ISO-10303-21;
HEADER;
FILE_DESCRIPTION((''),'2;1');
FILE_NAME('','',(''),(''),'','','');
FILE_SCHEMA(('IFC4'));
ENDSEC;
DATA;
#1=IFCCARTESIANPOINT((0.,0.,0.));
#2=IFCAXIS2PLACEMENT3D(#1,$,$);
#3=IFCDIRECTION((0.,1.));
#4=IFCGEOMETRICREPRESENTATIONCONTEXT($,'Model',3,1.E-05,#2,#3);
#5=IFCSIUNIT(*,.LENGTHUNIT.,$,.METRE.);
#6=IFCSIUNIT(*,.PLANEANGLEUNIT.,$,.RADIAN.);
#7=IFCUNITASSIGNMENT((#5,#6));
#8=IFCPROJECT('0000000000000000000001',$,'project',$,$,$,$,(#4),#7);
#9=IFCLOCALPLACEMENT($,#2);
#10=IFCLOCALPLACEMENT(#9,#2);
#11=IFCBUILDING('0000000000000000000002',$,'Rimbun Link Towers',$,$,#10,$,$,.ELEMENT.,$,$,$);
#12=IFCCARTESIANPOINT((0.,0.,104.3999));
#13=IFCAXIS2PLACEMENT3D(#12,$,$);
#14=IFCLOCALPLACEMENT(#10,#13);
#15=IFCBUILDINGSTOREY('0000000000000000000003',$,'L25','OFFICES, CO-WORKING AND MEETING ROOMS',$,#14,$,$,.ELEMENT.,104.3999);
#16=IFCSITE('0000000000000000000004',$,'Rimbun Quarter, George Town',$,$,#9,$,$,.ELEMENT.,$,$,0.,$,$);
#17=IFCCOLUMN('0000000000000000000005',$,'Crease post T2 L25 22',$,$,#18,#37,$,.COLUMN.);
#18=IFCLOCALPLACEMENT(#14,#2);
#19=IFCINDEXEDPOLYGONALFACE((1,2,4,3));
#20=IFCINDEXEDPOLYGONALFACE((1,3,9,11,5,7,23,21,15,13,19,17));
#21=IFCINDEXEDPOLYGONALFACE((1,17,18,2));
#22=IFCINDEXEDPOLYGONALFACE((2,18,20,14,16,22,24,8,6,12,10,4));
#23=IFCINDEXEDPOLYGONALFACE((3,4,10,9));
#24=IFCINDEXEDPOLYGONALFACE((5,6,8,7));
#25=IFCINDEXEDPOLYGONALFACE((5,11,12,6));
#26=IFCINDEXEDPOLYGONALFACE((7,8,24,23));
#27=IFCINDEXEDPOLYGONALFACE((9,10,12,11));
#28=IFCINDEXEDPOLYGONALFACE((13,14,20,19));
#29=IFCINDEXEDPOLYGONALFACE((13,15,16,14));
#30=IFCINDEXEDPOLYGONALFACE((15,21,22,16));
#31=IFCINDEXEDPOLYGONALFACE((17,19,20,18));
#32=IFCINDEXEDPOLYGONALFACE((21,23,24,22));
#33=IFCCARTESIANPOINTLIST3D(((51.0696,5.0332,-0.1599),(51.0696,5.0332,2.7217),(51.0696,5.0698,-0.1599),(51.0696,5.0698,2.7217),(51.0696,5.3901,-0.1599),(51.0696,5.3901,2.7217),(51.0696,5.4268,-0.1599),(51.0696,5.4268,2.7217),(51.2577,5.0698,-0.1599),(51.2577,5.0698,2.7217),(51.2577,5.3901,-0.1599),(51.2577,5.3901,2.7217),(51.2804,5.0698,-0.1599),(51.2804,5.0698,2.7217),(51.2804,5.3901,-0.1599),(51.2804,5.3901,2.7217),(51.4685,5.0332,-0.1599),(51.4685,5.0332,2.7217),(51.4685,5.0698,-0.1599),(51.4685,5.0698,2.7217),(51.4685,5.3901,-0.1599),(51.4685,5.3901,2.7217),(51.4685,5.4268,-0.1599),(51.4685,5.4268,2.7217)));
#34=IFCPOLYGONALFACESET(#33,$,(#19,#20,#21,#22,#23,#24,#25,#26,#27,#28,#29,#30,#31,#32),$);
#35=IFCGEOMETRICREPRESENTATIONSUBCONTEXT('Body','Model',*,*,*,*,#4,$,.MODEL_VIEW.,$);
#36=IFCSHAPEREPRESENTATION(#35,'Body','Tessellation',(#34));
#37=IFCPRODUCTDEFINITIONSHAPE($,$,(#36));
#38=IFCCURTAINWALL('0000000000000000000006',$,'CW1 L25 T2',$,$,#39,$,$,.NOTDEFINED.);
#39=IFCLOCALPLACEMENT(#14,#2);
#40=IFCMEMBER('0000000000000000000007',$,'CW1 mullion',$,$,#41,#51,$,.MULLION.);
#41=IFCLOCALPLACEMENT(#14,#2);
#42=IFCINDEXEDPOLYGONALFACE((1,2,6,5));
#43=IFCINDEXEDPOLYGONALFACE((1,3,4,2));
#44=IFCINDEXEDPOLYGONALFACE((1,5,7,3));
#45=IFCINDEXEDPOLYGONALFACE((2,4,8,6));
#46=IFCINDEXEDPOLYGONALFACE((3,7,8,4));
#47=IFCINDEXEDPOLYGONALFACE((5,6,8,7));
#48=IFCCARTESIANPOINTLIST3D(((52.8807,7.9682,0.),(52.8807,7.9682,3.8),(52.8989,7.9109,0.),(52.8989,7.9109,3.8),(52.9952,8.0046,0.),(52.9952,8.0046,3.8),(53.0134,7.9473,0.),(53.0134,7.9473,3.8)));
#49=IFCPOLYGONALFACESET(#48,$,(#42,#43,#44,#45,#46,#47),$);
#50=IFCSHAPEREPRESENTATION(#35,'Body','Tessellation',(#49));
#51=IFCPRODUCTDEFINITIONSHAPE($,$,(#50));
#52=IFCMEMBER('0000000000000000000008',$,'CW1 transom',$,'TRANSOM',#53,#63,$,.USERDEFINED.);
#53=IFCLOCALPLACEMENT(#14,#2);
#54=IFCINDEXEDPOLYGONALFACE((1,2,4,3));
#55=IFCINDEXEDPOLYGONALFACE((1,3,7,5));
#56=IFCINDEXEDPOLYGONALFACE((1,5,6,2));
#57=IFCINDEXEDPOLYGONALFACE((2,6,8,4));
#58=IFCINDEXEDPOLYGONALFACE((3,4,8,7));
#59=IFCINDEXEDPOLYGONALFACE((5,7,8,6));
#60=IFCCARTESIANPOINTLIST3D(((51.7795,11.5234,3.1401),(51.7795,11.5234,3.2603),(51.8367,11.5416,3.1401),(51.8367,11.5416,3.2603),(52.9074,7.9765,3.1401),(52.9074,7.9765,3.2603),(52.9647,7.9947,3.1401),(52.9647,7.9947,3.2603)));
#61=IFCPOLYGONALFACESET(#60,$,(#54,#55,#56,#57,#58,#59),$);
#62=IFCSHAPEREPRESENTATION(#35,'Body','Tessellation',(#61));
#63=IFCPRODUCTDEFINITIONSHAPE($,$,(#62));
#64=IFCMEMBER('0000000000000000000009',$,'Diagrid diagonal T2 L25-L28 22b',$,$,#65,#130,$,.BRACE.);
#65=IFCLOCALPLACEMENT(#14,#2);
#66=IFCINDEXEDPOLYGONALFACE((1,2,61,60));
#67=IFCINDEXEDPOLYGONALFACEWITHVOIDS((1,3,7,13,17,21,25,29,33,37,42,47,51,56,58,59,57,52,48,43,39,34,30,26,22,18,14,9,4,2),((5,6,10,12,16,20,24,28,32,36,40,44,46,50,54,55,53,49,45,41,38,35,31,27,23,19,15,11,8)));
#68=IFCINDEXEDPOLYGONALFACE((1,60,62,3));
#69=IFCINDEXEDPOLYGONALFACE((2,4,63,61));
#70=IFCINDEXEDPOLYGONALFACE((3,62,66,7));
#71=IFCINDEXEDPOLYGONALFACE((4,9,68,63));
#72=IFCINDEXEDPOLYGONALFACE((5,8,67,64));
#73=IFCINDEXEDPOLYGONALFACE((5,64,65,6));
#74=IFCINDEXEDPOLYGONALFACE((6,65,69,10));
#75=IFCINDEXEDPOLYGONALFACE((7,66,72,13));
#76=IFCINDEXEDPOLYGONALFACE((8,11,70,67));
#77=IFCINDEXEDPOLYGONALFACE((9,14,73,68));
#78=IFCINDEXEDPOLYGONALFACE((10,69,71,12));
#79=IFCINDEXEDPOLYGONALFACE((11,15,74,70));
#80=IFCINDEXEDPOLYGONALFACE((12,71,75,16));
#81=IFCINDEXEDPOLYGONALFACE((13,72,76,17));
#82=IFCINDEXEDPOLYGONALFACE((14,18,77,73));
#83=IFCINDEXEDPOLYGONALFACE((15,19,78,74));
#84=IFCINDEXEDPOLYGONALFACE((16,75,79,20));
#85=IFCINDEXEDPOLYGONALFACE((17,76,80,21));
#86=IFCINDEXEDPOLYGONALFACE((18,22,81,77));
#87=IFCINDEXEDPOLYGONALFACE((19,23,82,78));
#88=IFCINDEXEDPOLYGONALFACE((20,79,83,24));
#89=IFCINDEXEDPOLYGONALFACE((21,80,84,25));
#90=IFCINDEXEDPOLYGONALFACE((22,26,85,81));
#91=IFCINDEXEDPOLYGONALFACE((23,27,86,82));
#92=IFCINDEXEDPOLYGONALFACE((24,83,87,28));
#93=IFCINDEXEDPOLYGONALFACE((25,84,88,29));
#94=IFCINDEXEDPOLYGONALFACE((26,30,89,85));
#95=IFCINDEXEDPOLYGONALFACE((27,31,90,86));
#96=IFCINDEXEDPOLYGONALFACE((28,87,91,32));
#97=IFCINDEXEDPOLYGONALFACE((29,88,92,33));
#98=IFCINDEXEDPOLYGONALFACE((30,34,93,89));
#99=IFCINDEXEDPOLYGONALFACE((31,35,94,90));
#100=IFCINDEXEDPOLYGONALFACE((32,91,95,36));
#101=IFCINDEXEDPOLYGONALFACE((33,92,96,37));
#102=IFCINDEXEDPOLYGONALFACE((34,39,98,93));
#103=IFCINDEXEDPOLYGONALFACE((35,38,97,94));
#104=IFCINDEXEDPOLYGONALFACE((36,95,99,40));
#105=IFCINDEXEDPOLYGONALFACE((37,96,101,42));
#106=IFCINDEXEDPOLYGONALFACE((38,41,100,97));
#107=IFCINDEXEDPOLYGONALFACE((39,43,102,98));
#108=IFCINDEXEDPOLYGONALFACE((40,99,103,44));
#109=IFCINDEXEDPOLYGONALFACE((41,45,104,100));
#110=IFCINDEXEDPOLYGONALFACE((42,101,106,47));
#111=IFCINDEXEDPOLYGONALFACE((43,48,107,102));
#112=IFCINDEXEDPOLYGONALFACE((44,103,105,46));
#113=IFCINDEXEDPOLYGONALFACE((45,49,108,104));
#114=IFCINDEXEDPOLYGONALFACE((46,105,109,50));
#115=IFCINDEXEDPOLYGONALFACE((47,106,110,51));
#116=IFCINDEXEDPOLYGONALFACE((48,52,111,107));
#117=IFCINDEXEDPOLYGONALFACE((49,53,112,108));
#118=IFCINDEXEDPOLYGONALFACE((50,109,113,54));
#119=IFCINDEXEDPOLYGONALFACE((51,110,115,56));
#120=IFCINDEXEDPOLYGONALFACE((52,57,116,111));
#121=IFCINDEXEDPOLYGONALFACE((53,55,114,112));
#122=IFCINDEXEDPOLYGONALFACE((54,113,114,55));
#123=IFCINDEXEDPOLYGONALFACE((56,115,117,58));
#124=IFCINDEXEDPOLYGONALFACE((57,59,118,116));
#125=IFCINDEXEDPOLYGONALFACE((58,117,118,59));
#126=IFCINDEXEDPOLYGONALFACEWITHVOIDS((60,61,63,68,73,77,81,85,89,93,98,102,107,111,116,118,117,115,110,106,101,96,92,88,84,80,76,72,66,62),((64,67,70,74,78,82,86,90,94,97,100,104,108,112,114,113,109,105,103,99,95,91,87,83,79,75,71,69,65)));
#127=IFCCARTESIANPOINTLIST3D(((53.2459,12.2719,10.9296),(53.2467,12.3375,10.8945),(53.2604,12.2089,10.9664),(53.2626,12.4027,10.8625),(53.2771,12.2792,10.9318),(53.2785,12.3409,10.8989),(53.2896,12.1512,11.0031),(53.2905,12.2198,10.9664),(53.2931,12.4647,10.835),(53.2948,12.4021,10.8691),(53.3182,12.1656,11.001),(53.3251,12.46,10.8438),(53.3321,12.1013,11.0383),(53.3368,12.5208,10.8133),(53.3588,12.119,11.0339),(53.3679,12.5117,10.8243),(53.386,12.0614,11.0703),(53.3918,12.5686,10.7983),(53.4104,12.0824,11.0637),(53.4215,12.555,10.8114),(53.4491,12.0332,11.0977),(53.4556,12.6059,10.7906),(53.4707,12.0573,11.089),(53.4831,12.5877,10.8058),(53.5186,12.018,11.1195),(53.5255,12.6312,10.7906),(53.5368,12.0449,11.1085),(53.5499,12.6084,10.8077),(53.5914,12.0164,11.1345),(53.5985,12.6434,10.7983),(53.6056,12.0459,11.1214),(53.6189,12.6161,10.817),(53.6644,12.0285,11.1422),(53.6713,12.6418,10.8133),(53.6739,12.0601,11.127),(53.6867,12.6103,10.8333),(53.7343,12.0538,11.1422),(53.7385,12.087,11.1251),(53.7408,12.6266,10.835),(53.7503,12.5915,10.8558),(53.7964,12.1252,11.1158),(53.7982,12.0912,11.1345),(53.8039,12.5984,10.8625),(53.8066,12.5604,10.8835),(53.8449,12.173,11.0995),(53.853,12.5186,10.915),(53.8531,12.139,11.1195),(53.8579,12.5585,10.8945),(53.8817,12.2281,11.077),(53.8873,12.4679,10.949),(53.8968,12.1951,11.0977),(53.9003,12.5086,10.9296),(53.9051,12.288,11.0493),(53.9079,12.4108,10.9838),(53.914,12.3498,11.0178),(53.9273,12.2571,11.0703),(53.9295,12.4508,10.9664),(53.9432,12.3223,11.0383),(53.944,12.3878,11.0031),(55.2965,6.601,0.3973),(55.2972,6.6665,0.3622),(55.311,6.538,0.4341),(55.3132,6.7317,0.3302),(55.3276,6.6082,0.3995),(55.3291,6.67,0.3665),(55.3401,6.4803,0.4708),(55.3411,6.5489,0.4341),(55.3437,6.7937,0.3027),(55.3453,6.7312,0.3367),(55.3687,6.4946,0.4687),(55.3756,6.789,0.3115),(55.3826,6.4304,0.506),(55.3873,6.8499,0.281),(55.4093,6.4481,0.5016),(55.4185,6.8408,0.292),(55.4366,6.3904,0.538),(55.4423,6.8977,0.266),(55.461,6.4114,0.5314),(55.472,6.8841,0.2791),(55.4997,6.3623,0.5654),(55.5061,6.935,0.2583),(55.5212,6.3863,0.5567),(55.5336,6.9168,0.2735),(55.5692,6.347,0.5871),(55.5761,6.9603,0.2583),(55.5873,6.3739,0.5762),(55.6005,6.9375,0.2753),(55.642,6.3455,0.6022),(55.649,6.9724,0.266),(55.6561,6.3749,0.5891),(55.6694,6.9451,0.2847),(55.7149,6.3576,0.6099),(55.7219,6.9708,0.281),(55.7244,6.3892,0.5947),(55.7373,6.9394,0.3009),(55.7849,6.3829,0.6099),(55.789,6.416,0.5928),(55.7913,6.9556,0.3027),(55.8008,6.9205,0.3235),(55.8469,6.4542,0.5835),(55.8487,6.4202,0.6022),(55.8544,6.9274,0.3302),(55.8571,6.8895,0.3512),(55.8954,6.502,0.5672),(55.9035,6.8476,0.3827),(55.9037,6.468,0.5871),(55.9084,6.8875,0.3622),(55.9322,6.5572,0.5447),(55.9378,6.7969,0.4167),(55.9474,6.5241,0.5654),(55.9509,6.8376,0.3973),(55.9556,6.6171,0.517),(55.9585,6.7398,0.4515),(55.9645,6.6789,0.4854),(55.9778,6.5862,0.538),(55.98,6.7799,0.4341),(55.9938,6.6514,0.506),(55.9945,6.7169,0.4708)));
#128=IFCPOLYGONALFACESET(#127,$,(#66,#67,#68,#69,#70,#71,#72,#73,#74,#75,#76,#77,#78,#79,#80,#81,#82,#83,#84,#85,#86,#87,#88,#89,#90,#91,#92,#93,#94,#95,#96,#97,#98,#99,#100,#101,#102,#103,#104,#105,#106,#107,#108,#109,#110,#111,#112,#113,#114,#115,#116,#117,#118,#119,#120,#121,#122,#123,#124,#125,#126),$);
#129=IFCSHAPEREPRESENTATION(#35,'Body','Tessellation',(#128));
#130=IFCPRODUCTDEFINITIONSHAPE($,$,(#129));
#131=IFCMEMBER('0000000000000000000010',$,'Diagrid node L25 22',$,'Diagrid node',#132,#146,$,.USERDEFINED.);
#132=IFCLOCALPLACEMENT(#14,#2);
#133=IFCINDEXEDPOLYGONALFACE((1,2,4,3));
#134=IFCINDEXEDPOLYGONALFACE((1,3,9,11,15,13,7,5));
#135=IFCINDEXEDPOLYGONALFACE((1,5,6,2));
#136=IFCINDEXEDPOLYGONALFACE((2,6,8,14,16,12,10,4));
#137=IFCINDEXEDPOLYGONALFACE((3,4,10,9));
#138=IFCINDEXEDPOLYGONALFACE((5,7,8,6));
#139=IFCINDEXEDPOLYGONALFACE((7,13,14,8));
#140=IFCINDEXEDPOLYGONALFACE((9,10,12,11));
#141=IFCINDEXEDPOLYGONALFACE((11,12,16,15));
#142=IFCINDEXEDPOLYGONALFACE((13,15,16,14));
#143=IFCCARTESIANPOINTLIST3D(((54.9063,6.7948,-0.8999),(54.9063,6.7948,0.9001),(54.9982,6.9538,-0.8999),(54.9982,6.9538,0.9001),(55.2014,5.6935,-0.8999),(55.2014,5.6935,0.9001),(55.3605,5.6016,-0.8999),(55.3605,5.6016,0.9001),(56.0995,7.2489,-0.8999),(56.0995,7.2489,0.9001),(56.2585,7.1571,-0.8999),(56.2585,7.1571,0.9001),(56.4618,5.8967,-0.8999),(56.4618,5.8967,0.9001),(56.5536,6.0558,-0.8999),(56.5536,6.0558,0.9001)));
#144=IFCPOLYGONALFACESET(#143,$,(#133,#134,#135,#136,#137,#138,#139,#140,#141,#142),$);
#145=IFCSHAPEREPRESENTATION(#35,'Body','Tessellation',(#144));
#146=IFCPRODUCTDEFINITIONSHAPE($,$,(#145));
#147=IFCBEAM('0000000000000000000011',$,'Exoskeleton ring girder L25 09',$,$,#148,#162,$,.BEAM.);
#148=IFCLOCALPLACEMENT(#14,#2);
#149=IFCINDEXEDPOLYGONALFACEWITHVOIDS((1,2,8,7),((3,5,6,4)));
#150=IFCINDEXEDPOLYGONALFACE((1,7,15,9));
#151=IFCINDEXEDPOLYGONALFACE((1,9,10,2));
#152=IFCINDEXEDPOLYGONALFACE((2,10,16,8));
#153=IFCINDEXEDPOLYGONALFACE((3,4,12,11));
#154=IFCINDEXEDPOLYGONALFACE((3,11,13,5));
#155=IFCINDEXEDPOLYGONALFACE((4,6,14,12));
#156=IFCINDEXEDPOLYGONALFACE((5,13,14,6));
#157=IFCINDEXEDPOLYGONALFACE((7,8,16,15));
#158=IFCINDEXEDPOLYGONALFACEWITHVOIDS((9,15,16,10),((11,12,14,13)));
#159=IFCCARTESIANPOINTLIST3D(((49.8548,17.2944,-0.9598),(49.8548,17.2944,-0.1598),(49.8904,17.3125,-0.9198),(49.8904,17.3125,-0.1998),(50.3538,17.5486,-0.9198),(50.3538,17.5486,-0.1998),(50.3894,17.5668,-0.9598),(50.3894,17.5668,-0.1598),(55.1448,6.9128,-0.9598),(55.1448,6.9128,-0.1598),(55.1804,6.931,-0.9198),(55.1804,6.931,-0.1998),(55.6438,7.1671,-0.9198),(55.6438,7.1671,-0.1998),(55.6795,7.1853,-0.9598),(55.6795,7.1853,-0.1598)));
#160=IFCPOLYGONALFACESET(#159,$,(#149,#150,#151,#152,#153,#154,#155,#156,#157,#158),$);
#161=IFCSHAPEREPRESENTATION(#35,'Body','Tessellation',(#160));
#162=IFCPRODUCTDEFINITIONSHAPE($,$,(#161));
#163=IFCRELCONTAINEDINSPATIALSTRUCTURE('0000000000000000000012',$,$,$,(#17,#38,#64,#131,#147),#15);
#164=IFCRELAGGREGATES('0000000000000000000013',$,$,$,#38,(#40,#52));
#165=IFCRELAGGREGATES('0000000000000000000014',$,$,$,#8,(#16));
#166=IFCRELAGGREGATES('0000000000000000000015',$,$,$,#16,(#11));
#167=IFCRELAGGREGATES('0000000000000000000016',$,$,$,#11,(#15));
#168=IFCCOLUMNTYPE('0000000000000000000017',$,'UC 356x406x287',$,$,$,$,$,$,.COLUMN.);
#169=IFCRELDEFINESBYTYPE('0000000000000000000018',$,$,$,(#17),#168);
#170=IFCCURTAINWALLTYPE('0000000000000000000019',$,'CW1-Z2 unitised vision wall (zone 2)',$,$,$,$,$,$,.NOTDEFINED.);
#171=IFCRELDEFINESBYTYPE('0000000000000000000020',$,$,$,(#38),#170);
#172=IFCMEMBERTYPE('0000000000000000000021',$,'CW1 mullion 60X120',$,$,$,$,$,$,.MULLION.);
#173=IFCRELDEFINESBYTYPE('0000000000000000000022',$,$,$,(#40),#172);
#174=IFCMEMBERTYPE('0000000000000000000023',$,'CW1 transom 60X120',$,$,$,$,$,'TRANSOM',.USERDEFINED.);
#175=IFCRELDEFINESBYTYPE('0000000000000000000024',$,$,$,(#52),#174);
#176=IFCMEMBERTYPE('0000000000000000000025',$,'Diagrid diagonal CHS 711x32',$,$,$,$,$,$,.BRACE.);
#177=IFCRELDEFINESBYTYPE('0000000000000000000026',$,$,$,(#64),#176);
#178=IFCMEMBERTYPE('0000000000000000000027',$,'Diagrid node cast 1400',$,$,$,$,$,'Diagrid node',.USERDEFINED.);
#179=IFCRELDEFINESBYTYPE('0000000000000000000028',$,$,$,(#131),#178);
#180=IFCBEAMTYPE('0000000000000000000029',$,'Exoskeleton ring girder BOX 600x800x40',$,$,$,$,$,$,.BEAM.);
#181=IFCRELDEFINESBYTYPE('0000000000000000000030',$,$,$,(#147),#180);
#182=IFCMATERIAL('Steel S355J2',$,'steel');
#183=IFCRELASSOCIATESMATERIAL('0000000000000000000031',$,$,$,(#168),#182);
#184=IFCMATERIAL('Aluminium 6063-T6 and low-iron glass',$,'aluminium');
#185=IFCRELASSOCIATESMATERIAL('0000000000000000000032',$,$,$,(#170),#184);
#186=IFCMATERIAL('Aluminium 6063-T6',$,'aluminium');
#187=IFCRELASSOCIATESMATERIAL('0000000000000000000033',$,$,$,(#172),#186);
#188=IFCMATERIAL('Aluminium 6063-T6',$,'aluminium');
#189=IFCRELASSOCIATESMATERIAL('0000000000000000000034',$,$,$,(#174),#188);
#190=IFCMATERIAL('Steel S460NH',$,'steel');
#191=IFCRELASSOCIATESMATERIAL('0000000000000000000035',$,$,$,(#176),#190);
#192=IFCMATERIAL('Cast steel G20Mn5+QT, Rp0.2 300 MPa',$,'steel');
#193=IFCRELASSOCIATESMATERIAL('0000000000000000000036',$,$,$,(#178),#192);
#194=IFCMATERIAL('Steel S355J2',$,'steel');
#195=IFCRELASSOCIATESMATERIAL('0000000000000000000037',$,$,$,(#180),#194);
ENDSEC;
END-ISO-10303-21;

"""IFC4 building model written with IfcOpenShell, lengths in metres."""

from ifc_helpers import new_model, si_unit, direction, frame, origin, origin_2d, place, context, subcontext, project, spatial, polyline, rectangle, hollow_rectangle, hollow_circle, i_section, outline, extrude, material, material_profile, profile_set, type_object, element, aggregate, save


model = new_model("IFC4")

# Units and contexts
model_context = context("Model", 3, precision=1e-05, world=origin(), true_north=direction((0.0, 1.0)))
body_context = subcontext(model_context, "Body", "Model", "MODEL_VIEW")
ifc_project = project(units=[si_unit("LENGTHUNIT", "METRE"), si_unit("PLANEANGLEUNIT", "RADIAN")], contexts=[model_context])

# Site, building, storey
site_placement = place(None, origin())
site = spatial("IfcSite", under=ifc_project, at=site_placement, Name="Rimbun Quarter, George Town", CompositionType="ELEMENT", RefElevation=0.0)
building_placement = place(site_placement, origin())
building = spatial("IfcBuilding", under=site, at=building_placement, Name="Rimbun Link Towers", CompositionType="ELEMENT")
storey_placement = place(building_placement, frame((0.0, 0.0, 104.3999)))
storey = spatial("IfcBuildingStorey", under=building, at=storey_placement, Name="L25", Description="OFFICES, CO-WORKING AND MEETING ROOMS", CompositionType="ELEMENT", Elevation=104.3999)

# Column
ifc_material_1 = material(Name="Steel S355J2", Category="steel")
ifc_material_profile_1 = material_profile(ifc_material_1, i_section(OverallWidth=0.3989, OverallDepth=0.3936, WebThickness=0.0227, FlangeThickness=0.0366, at=origin_2d()), Name="UC 356x406x287")
ifc_profile_set_1 = profile_set([ifc_material_profile_1], Name="Steel S355J2")
column_type = type_object("IfcColumnType", Name="UC 356x406x287", PredefinedType="COLUMN", material=ifc_profile_set_1)
column_placement = place(storey_placement, frame((51.269, 5.23, -0.1599), z_axis=(0.0, 0.0, 1.0), x_axis=(1.0, 0.0, 0.0)))
element("IfcColumn", 1, at=column_placement, inside=storey, type_object=column_type, Name="Crease post T2 L25 22", PredefinedType="COLUMN", context=body_context, shape_type="SweptSolid", body=[
    extrude(i_section(OverallWidth=0.3989, OverallDepth=0.3936, WebThickness=0.0227, FlangeThickness=0.0366, at=origin_2d()), origin(), (0.0, 0.0, 1.0), 2.8816),
])

# Curtain wall, members
ifc_material_2 = material(Name="Aluminium 6063-T6 and low-iron glass", Category="aluminium")
curtain_wall_type = type_object("IfcCurtainWallType", Name="CW1-Z2 unitised vision wall (zone 2)", PredefinedType="NOTDEFINED", material=ifc_material_2)
curtain_wall_placement = place(storey_placement, origin())
curtain_wall = element("IfcCurtainWall", 2, at=curtain_wall_placement, inside=storey, type_object=curtain_wall_type, Name="CW1 L25 T2", PredefinedType="NOTDEFINED")
ifc_material_3 = material(Name="Aluminium 6063-T6", Category="aluminium")
ifc_material_profile_2 = material_profile(ifc_material_3, rectangle(XDim=0.1201, YDim=0.0601, at=origin_2d()), Name="MULLION 60X120")
ifc_profile_set_2 = profile_set([ifc_material_profile_2], Name="Aluminium 6063-T6")
member_type_1 = type_object("IfcMemberType", Name="CW1 mullion 60X120", PredefinedType="MULLION", material=ifc_profile_set_2)
member_1_placement = place(storey_placement, frame((52.947, 7.9578, 0.0), z_axis=(0.0, 0.0, 1.0), x_axis=(0.952972, 0.303057, 0.0)))
member_1 = element("IfcMember", 3, at=member_1_placement, type_object=member_type_1, Name="CW1 mullion", PredefinedType="MULLION", context=body_context, shape_type="SweptSolid", body=[
    extrude(rectangle(XDim=0.1201, YDim=0.0601, at=origin_2d()), origin(), (0.0, 0.0, 1.0), 3.8),
])
ifc_material_4 = material(Name="Aluminium 6063-T6", Category="aluminium")
ifc_material_profile_3 = material_profile(ifc_material_4, rectangle(XDim=0.0601, YDim=0.1201, at=origin_2d()), Name="TRANSOM 60X120")
ifc_profile_set_3 = profile_set([ifc_material_profile_3], Name="Aluminium 6063-T6")
member_type_2 = type_object("IfcMemberType", Name="CW1 transom 60X120", ElementType="TRANSOM", PredefinedType="USERDEFINED", material=ifc_profile_set_3)
member_2_placement = place(storey_placement, frame((51.8081, 11.5325, 3.2002), z_axis=(0.303052, -0.952974, 0.0), x_axis=(0.952974, 0.303052, 0.0)))
member_2 = element("IfcMember", 4, at=member_2_placement, type_object=member_type_2, Name="CW1 transom", ObjectType="TRANSOM", PredefinedType="USERDEFINED", context=body_context, shape_type="SweptSolid", body=[
    extrude(rectangle(XDim=0.0601, YDim=0.1201, at=origin_2d()), origin(), (0.0, 0.0, 1.0), 3.7219),
])

# Members
ifc_material_5 = material(Name="Steel S460NH", Category="steel")
ifc_material_profile_4 = material_profile(ifc_material_5, hollow_circle(Radius=0.3557, WallThickness=0.032, at=origin_2d()), Name="Diagrid diagonal CHS 711x32")
ifc_profile_set_4 = profile_set([ifc_material_profile_4], Name="Steel S460NH")
member_type_3 = type_object("IfcMemberType", Name="Diagrid diagonal CHS 711x32", PredefinedType="BRACE", material=ifc_profile_set_4)
member_3_placement = place(storey_placement, frame((55.6455, 6.6589, 0.4341), z_axis=(-0.168958, 0.467265, 0.867823), x_axis=(-0.94041, -0.340042, 0.0)))
element("IfcMember", 5, at=member_3_placement, inside=storey, type_object=member_type_3, Name="Diagrid diagonal T2 L25-L28 22b", PredefinedType="BRACE", context=body_context, shape_type="SweptSolid", body=[
    extrude(hollow_circle(Radius=0.3557, WallThickness=0.032, at=origin_2d()), origin(), (0.0, 0.0, 1.0), 12.1365),
])
ifc_material_6 = material(Name="Cast steel G20Mn5+QT, Rp0.2 300 MPa", Category="steel")
ifc_material_profile_5 = material_profile(ifc_material_6, outline(polyline([(0.7, -0.5701), (0.7, 0.5701), (0.5701, 0.7), (-0.5701, 0.7), (-0.7, 0.5701), (-0.7, -0.5701), (-0.5701, -0.7), (0.5701, -0.7), (0.7, -0.5701)])), Name="NODE 1400x1400")
ifc_profile_set_5 = profile_set([ifc_material_profile_5], Name="Cast steel G20Mn5+QT, Rp0.2 300 MPa")
member_type_4 = type_object("IfcMemberType", Name="Diagrid node cast 1400", ElementType="Diagrid node", PredefinedType="USERDEFINED", material=ifc_profile_set_5)
member_4_placement = place(storey_placement, frame((55.73, 6.4253, -0.8999), z_axis=(0.0, 0.0, 1.0), x_axis=(0.965926, 0.258819, 0.0)))
element("IfcMember", 6, at=member_4_placement, inside=storey, type_object=member_type_4, Name="Diagrid node L25 22", ObjectType="Diagrid node", PredefinedType="USERDEFINED", context=body_context, shape_type="SweptSolid", body=[
    extrude(outline(polyline([(0.7, -0.5701), (0.7, 0.5701), (0.5701, 0.7), (-0.5701, 0.7), (-0.7, 0.5701), (-0.7, -0.5701), (-0.5701, -0.7), (0.5701, -0.7), (0.7, -0.5701)])), origin(), (0.0, 0.0, 1.0), 1.8),
])

# Beam
ifc_material_7 = material(Name="Steel S355J2", Category="steel")
ifc_material_profile_6 = material_profile(ifc_material_7, hollow_rectangle(XDim=0.6001, YDim=0.8, WallThickness=0.04, at=origin_2d()), Name="Exoskeleton ring girder BOX 600x800x40")
ifc_profile_set_6 = profile_set([ifc_material_profile_6], Name="Steel S355J2")
beam_type_1 = type_object("IfcBeamType", Name="Exoskeleton ring girder BOX 600x800x40", PredefinedType="BEAM", material=ifc_profile_set_6)
beam_1_placement = place(storey_placement, frame((55.4121, 7.0491, -0.5598), z_axis=(-0.454015, 0.890994, 0.0), x_axis=(-0.890994, -0.454015, 0.0)))
element("IfcBeam", 7, at=beam_1_placement, inside=storey, type_object=beam_type_1, Name="Exoskeleton ring girder L25 09", PredefinedType="BEAM", context=body_context, shape_type="SweptSolid", body=[
    extrude(hollow_rectangle(XDim=0.6001, YDim=0.8, WallThickness=0.04, at=origin_2d()), origin(), (0.0, 0.0, 1.0), 11.6516),
])

aggregate(curtain_wall, [member_1, member_2])

save(model, "model.ifc")
